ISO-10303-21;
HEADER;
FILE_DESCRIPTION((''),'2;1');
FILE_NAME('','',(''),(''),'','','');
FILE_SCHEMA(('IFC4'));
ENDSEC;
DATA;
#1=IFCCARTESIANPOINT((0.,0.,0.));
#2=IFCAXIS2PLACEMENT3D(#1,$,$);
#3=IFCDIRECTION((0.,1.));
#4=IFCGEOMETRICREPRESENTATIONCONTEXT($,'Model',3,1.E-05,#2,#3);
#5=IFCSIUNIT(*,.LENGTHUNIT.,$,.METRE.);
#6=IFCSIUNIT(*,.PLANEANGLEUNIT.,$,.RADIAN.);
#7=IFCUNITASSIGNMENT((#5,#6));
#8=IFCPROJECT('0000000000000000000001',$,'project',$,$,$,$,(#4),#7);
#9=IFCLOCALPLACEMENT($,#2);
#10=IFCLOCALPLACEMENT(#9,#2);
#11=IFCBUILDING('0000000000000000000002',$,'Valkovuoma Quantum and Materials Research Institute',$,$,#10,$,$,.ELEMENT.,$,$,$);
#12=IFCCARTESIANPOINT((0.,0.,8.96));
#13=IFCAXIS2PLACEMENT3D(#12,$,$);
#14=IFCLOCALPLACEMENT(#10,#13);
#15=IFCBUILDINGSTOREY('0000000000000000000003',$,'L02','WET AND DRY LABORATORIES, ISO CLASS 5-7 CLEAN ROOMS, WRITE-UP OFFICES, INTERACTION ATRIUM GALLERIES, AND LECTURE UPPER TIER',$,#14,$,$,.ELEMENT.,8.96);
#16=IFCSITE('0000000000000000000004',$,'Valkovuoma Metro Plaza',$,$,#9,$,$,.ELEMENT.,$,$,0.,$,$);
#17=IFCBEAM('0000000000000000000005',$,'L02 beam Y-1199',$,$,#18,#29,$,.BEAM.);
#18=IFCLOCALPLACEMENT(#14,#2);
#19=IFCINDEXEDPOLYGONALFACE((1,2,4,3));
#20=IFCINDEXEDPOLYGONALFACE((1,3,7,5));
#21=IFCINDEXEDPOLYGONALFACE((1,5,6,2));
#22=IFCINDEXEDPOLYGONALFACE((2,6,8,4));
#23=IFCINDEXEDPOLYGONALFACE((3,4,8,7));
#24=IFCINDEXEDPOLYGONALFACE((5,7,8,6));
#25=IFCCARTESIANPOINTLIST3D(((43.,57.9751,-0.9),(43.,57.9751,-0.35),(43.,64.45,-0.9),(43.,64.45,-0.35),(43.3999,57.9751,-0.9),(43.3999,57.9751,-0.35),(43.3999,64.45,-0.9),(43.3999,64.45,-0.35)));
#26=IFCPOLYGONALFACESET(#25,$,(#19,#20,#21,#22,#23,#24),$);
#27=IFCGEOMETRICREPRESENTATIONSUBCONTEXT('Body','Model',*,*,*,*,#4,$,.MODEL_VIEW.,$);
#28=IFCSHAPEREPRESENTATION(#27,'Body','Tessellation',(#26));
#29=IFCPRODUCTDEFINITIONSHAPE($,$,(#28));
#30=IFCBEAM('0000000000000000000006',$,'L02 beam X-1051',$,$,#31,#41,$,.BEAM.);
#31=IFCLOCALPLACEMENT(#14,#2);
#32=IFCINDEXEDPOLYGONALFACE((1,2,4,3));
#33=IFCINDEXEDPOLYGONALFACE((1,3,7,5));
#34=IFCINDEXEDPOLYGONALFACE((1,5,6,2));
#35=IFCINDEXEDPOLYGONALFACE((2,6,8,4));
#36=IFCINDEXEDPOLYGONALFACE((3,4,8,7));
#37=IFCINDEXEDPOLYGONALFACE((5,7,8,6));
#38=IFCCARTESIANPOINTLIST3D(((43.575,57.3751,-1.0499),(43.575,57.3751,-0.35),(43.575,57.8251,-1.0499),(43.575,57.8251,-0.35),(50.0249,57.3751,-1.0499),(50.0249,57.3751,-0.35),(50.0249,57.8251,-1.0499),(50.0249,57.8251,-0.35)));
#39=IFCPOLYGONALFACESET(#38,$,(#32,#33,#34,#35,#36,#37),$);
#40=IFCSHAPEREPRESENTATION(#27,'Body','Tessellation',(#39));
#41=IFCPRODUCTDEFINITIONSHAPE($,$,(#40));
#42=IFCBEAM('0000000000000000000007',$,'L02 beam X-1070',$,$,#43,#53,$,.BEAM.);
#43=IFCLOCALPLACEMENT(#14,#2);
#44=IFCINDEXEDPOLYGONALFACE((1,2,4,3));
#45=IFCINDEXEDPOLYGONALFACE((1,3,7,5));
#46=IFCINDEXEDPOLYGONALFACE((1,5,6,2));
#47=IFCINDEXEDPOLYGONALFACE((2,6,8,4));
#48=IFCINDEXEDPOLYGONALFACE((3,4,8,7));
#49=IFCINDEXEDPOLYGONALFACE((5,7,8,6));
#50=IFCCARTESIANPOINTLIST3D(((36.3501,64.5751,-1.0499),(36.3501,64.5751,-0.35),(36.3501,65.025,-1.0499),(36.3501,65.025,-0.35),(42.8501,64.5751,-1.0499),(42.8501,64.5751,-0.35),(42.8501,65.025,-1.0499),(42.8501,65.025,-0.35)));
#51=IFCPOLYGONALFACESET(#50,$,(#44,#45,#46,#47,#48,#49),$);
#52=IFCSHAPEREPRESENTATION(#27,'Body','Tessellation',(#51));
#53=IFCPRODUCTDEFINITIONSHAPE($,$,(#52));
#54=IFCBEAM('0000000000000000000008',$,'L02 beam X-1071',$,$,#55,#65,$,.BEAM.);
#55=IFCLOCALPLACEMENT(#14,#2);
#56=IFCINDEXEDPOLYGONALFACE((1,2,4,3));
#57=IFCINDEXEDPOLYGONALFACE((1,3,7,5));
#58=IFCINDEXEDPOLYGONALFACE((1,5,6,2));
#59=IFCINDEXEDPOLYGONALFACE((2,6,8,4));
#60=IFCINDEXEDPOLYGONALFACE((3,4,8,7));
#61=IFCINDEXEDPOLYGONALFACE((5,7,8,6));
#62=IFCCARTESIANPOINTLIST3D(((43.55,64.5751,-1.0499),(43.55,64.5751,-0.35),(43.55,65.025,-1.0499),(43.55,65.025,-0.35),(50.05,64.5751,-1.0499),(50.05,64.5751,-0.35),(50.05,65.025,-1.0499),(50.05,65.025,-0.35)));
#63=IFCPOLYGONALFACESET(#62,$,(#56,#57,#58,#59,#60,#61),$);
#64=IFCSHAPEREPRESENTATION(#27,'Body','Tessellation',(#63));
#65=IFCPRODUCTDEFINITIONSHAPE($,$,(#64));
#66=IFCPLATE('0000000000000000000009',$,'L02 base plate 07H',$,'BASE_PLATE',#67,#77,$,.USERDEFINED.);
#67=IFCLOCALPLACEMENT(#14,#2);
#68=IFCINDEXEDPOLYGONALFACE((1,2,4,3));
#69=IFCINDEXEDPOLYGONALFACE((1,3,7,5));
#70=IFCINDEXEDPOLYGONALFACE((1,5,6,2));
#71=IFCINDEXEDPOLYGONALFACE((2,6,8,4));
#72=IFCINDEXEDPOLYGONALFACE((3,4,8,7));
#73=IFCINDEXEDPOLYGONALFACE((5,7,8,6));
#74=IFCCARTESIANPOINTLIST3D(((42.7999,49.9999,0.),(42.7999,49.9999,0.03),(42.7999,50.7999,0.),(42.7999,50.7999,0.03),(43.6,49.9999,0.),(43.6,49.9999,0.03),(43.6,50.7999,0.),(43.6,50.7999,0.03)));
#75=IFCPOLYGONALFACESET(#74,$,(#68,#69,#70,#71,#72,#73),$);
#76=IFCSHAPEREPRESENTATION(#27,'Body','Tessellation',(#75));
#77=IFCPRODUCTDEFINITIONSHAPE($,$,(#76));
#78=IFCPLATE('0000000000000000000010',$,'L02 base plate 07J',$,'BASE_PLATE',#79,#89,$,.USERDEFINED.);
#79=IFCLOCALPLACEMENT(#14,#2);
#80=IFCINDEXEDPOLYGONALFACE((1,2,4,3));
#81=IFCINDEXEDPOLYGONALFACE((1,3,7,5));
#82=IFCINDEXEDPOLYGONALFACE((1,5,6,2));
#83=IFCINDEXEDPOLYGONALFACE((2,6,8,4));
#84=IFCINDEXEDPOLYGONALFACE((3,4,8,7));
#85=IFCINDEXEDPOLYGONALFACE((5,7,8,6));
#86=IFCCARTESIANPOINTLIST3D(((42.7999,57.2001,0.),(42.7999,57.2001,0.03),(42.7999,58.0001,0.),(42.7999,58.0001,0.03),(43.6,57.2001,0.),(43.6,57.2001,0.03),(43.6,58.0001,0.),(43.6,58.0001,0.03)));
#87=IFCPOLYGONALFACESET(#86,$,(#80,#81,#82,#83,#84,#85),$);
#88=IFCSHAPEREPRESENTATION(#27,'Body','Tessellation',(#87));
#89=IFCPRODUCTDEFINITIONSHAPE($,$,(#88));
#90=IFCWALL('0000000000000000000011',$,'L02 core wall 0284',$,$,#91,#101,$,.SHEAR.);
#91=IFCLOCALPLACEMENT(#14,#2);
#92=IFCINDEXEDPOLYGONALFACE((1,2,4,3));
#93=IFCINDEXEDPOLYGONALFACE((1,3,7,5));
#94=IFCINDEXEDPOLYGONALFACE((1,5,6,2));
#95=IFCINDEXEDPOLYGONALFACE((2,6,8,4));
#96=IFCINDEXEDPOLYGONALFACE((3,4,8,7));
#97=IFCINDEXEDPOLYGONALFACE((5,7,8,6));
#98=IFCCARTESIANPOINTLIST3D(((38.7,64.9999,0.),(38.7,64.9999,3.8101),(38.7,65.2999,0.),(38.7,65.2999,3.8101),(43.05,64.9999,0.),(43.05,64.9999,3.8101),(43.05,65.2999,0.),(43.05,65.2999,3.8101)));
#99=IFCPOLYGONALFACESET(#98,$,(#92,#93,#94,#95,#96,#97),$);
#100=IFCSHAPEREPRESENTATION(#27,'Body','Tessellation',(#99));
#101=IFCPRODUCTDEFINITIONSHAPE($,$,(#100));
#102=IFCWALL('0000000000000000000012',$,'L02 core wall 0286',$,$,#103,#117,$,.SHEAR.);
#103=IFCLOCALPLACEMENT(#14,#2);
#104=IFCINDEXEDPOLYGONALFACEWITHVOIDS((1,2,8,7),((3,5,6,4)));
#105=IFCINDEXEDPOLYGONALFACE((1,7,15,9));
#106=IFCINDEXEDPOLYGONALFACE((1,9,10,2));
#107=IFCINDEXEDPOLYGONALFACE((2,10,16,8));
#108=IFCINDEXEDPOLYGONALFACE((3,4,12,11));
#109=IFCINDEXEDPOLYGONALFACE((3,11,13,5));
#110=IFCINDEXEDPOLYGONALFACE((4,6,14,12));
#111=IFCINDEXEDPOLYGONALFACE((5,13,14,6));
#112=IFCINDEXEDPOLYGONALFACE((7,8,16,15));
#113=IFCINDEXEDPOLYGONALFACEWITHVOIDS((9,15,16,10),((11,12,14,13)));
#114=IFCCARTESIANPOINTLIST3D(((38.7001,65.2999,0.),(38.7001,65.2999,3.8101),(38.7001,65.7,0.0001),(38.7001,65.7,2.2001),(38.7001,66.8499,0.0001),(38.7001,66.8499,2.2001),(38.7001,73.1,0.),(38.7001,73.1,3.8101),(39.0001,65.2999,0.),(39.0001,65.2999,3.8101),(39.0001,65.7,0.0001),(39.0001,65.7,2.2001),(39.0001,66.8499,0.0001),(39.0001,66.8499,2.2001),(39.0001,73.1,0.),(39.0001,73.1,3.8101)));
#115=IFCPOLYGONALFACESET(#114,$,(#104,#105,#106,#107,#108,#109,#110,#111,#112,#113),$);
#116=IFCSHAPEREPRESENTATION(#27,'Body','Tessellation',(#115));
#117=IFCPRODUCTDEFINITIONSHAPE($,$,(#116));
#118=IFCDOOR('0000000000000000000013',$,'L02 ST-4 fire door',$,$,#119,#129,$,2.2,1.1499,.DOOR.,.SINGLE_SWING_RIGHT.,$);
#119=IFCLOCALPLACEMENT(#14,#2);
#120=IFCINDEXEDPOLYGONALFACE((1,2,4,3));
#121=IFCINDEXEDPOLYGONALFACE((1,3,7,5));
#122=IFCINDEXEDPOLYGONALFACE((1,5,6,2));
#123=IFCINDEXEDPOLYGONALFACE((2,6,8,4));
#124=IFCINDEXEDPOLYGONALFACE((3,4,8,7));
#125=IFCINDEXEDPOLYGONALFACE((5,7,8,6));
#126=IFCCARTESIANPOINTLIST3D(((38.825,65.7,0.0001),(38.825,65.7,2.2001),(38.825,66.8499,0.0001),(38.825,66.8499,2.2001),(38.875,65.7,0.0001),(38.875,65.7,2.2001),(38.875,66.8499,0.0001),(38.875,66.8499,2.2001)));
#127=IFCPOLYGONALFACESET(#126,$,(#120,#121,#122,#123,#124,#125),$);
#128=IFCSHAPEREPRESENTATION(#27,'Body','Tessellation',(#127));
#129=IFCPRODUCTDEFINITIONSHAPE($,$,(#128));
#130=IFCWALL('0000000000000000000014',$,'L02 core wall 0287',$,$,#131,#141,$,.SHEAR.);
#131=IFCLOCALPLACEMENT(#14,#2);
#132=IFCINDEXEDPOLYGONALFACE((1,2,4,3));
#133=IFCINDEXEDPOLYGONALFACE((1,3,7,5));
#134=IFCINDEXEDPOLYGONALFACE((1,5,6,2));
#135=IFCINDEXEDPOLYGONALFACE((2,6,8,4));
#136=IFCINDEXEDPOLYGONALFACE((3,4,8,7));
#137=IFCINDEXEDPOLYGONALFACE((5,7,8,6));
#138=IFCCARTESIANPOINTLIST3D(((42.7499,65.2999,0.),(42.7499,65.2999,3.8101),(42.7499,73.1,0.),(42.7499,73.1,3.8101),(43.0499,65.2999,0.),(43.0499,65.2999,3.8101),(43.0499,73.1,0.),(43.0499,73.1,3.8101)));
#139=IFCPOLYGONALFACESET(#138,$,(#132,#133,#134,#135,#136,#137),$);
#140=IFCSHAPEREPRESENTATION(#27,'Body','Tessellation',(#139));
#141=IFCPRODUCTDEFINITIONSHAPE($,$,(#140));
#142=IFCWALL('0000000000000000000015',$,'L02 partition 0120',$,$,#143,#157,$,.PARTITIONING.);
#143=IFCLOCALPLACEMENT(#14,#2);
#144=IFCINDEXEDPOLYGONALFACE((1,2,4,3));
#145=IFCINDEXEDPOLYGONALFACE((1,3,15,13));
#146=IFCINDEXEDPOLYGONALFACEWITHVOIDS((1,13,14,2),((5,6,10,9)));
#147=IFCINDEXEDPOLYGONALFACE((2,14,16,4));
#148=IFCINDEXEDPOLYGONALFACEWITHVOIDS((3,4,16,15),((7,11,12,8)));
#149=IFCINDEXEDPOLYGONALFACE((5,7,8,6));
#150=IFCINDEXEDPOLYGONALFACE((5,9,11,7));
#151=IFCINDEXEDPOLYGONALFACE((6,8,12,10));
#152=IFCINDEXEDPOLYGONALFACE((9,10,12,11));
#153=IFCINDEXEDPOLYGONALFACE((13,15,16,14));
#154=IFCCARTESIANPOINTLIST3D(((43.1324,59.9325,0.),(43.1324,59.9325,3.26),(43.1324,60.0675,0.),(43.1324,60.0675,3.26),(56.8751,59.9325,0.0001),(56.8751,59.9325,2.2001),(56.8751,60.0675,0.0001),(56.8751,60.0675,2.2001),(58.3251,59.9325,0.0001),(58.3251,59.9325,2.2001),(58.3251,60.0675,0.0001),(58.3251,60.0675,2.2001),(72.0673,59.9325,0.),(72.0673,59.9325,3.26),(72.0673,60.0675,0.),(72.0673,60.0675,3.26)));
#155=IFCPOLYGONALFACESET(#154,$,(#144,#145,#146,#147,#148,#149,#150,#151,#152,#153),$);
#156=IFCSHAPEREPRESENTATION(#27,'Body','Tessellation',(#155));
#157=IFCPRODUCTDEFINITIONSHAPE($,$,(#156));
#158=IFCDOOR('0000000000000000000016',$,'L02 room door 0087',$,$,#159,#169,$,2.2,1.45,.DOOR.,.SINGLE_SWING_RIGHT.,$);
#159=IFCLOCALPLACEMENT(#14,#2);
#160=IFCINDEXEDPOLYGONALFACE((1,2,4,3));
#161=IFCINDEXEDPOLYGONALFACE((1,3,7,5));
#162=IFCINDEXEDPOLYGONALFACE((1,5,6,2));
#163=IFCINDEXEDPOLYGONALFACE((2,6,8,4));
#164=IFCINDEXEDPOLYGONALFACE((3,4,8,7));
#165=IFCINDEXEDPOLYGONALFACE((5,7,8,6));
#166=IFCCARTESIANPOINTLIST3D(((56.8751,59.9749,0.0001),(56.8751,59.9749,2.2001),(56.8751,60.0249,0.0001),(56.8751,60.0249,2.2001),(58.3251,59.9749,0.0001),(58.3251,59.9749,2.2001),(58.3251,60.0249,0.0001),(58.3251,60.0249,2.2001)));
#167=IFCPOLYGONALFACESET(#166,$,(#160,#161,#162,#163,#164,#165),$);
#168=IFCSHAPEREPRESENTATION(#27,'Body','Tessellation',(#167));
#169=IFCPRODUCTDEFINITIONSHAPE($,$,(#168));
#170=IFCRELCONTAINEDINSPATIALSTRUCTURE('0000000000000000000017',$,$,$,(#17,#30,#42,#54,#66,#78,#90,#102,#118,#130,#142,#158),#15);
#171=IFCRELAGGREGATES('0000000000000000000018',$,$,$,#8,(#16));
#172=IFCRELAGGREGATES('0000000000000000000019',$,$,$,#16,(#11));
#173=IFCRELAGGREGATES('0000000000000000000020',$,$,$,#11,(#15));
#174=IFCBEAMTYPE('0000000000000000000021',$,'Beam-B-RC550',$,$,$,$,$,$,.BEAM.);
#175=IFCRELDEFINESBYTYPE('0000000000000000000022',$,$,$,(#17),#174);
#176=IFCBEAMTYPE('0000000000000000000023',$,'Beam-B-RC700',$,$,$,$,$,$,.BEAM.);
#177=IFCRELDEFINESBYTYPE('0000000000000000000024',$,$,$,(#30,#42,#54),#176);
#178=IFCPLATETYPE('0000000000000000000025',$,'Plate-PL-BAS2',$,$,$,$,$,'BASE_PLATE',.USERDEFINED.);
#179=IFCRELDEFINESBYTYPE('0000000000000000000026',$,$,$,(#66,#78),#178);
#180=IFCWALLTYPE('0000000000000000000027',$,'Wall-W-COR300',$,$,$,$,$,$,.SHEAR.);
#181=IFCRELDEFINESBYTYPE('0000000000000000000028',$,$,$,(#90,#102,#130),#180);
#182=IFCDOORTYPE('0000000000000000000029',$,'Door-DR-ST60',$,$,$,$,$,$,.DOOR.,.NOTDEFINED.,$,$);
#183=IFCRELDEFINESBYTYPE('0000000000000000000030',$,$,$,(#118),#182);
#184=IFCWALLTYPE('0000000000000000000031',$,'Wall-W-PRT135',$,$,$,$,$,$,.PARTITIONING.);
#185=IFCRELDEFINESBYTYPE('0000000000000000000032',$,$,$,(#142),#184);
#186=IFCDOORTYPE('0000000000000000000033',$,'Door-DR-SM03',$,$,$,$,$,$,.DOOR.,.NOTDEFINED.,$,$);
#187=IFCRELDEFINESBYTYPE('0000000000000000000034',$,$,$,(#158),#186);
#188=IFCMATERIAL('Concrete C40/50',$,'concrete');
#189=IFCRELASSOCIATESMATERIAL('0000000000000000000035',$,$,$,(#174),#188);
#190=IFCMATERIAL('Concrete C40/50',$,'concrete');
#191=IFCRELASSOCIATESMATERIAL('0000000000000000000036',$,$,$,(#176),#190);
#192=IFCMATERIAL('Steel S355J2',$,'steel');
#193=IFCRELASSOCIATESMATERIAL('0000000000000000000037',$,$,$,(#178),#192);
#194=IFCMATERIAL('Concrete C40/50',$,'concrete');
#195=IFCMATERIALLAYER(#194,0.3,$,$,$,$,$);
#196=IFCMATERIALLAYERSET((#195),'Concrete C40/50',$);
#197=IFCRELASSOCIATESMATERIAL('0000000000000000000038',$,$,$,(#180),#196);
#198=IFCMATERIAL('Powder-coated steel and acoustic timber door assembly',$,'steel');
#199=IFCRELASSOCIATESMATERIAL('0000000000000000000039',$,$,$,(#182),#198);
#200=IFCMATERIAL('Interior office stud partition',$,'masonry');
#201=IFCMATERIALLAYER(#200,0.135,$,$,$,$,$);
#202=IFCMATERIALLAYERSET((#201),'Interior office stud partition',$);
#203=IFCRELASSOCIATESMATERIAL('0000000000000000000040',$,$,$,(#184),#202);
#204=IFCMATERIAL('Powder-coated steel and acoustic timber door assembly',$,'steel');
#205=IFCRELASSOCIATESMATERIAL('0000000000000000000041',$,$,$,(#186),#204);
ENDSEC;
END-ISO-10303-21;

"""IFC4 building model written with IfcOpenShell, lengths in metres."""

from ifc_helpers import new_model, si_unit, direction, frame, frame_2d, origin, origin_2d, place, context, subcontext, project, spatial, rectangle, extrude, material, layer, layer_set, material_profile, profile_set, type_object, element, fill, save


model = new_model("IFC4")

# Units and contexts
model_context = context("Model", 3, precision=1e-05, world=origin(), true_north=direction((0.0, 1.0)))
body_context = subcontext(model_context, "Body", "Model", "MODEL_VIEW")
ifc_project = project(units=[si_unit("LENGTHUNIT", "METRE"), si_unit("PLANEANGLEUNIT", "RADIAN")], contexts=[model_context])

# Site, building, storey
site_placement = place(None, origin())
site = spatial("IfcSite", under=ifc_project, at=site_placement, Name="Valkovuoma Metro Plaza", CompositionType="ELEMENT", RefElevation=0.0)
building_placement = place(site_placement, origin())
building = spatial("IfcBuilding", under=site, at=building_placement, Name="Valkovuoma Quantum and Materials Research Institute", CompositionType="ELEMENT")
storey_placement = place(building_placement, frame((0.0, 0.0, 8.96)))
storey = spatial("IfcBuildingStorey", under=building, at=storey_placement, Name="L02", Description="WET AND DRY LABORATORIES, ISO CLASS 5-7 CLEAN ROOMS, WRITE-UP OFFICES, INTERACTION ATRIUM GALLERIES, AND LECTURE UPPER TIER", CompositionType="ELEMENT", Elevation=8.96)

# Beams
ifc_material_1 = material(Name="Concrete C40/50", Category="concrete")
ifc_material_profile_1 = material_profile(ifc_material_1, rectangle(XDim=0.3999, YDim=0.55, at=origin_2d()), Name="Concrete C40/50")
ifc_profile_set_1 = profile_set([ifc_material_profile_1], Name="Concrete C40/50")
beam_type_1 = type_object("IfcBeamType", Name="Beam-B-RC550", PredefinedType="BEAM", material=ifc_profile_set_1)
beam_1_placement = place(storey_placement, frame((43.2, 57.9751, -0.625), z_axis=(0.0, 1.0, 0.0), x_axis=(-1.0, 0.0, 0.0)))
element("IfcBeam", 1, at=beam_1_placement, inside=storey, type_object=beam_type_1, Name="L02 beam Y-1199", PredefinedType="BEAM", context=body_context, shape_type="SweptSolid", body=[
    extrude(rectangle(XDim=0.3999, YDim=0.55, at=origin_2d()), origin(), (0.0, 0.0, 1.0), 6.4749),
])
ifc_material_2 = material(Name="Concrete C40/50", Category="concrete")
ifc_material_profile_2 = material_profile(ifc_material_2, rectangle(XDim=0.45, YDim=0.7, at=origin_2d()), Name="Concrete C40/50")
ifc_profile_set_2 = profile_set([ifc_material_profile_2], Name="Concrete C40/50")
beam_type_2 = type_object("IfcBeamType", Name="Beam-B-RC700", PredefinedType="BEAM", material=ifc_profile_set_2)
beam_2_placement = place(storey_placement, frame((43.575, 57.6001, -0.7), z_axis=(1.0, 0.0, 0.0), x_axis=(0.0, 1.0, 0.0)))
element("IfcBeam", 2, at=beam_2_placement, inside=storey, type_object=beam_type_2, Name="L02 beam X-1051", PredefinedType="BEAM", context=body_context, shape_type="SweptSolid", body=[
    extrude(rectangle(XDim=0.45, YDim=0.7, at=origin_2d()), origin(), (0.0, 0.0, 1.0), 6.45),
])
for number, where, z_axis, x_axis, name in (
    (3, (36.3501, 64.8, -0.7), (1.0, 0.0, 0.0), (0.0, 1.0, 0.0), "L02 beam X-1070"),
    (4, (43.55, 64.8, -0.7), (1.0, 0.0, 0.0), (0.0, 1.0, 0.0), "L02 beam X-1071"),
):
    element("IfcBeam", number, at=place(storey_placement, frame(where, z_axis=z_axis, x_axis=x_axis)), inside=storey, type_object=beam_type_2, Name=name, PredefinedType="BEAM", context=body_context, shape_type="SweptSolid", body=[
        extrude(rectangle(XDim=0.45, YDim=0.7, at=origin_2d()), origin(), (0.0, 0.0, 1.0), 6.5),
    ])

# Plates
ifc_material_3 = material(Name="Steel S355J2", Category="steel")
plate_type = type_object("IfcPlateType", Name="Plate-PL-BAS2", ElementType="BASE_PLATE", PredefinedType="USERDEFINED", material=ifc_material_3)
for number, where, z_axis, x_axis, name in (
    (5, (43.2, 50.3999, 0.0), (0.0, 0.0, 1.0), (1.0, 0.0, 0.0), "L02 base plate 07H"),
    (6, (43.2, 57.6001, 0.0), (0.0, 0.0, 1.0), (1.0, 0.0, 0.0), "L02 base plate 07J"),
):
    element("IfcPlate", number, at=place(storey_placement, frame(where, z_axis=z_axis, x_axis=x_axis)), inside=storey, type_object=plate_type, Name=name, ObjectType="BASE_PLATE", PredefinedType="USERDEFINED", context=body_context, shape_type="SweptSolid", body=[
        extrude(rectangle(XDim=0.8, YDim=0.8, at=origin_2d()), origin(), (0.0, 0.0, 1.0), 0.03),
    ])

# Wall
ifc_material_4 = material(Name="Concrete C40/50", Category="concrete")
ifc_layer_1 = layer(ifc_material_4, 0.3)
ifc_layer_set_1 = layer_set([ifc_layer_1], Name="Concrete C40/50")
wall_type_1 = type_object("IfcWallType", Name="Wall-W-COR300", PredefinedType="SHEAR", material=ifc_layer_set_1)
wall_1_placement = place(storey_placement, frame((38.7, 65.1499, 0.0), z_axis=(0.0, 0.0, 1.0), x_axis=(1.0, 0.0, 0.0)))
element("IfcWall", 7, at=wall_1_placement, inside=storey, type_object=wall_type_1, Name="L02 core wall 0284", PredefinedType="SHEAR", context=body_context, shape_type="SweptSolid", body=[
    extrude(rectangle(XDim=4.3501, YDim=0.3, at=frame_2d((2.175, 0.0))), origin(), (0.0, 0.0, 1.0), 3.8101),
])

# Wall, opening, door
wall_2_placement = place(storey_placement, frame((38.8501, 65.3, 0.0), z_axis=(0.0, 0.0, 1.0), x_axis=(0.0, 1.0, 0.0)))
wall_2 = element("IfcWall", 8, at=wall_2_placement, inside=storey, type_object=wall_type_1, Name="L02 core wall 0286", PredefinedType="SHEAR", context=body_context, shape_type="SweptSolid", body=[
    extrude(rectangle(XDim=7.8, YDim=0.3, at=frame_2d((3.8999, 0.0))), origin(), (0.0, 0.0, 1.0), 3.8101),
])
opening_1_placement = place(wall_2_placement, frame((0.3999, 0.0, 0.0)))
opening_1 = element("IfcOpeningElement", 9, at=opening_1_placement, cuts=wall_2, PredefinedType="OPENING", context=body_context, shape_type="SweptSolid", body=[
    extrude(rectangle(XDim=1.1499, YDim=2.2, at=frame_2d((0.575, 1.1001))), frame((0.0, 0.1602, 0.0), z_axis=(0.0, -1.0, 0.0), x_axis=(1.0, 0.0, 0.0)), (0.0, 0.0, 1.0), 0.3201),
])
ifc_material_5 = material(Name="Powder-coated steel and acoustic timber door assembly", Category="steel")
door_type_1 = type_object("IfcDoorType", Name="Door-DR-ST60", OperationType="NOTDEFINED", PredefinedType="DOOR", material=ifc_material_5)
door_1_placement = place(opening_1_placement, frame((1.1499, 0.0, 0.0), z_axis=(0.0, 0.0, 1.0), x_axis=(-1.0, 0.0, 0.0)))
door_1 = element("IfcDoor", 10, at=door_1_placement, inside=storey, type_object=door_type_1, Name="L02 ST-4 fire door", OperationType="SINGLE_SWING_RIGHT", OverallHeight=2.2, OverallWidth=1.1499, PredefinedType="DOOR", context=body_context, shape_type="SweptSolid", body=[
    extrude(rectangle(XDim=1.1499, YDim=2.2, at=frame_2d((0.575, 1.1001))), frame((0.0, 0.0249, 0.0), z_axis=(0.0, -1.0, 0.0), x_axis=(1.0, 0.0, 0.0)), (0.0, 0.0, 1.0), 0.05),
])
fill(opening_1, door_1)

# Wall
wall_3_placement = place(storey_placement, frame((42.8999, 65.3, 0.0), z_axis=(0.0, 0.0, 1.0), x_axis=(0.0, 1.0, 0.0)))
element("IfcWall", 11, at=wall_3_placement, inside=storey, type_object=wall_type_1, Name="L02 core wall 0287", PredefinedType="SHEAR", context=body_context, shape_type="SweptSolid", body=[
    extrude(rectangle(XDim=7.8, YDim=0.3, at=frame_2d((3.8999, 0.0))), origin(), (0.0, 0.0, 1.0), 3.8101),
])

# Wall, opening, door
ifc_material_6 = material(Name="Interior office stud partition", Category="masonry")
ifc_layer_2 = layer(ifc_material_6, 0.135)
ifc_layer_set_2 = layer_set([ifc_layer_2], Name="Interior office stud partition")
wall_type_2 = type_object("IfcWallType", Name="Wall-W-PRT135", PredefinedType="PARTITIONING", material=ifc_layer_set_2)
wall_4_placement = place(storey_placement, frame((43.1326, 60.0, 0.0), z_axis=(0.0, 0.0, 1.0), x_axis=(1.0, 0.0, 0.0)))
wall_4 = element("IfcWall", 12, at=wall_4_placement, inside=storey, type_object=wall_type_2, Name="L02 partition 0120", PredefinedType="PARTITIONING", context=body_context, shape_type="SweptSolid", body=[
    extrude(rectangle(XDim=28.9348, YDim=0.135, at=frame_2d((14.4673, 0.0))), origin(), (0.0, 0.0, 1.0), 3.26),
])
opening_2_placement = place(wall_4_placement, frame((13.7424, 0.0, 0.0)))
opening_2 = element("IfcOpeningElement", 13, at=opening_2_placement, cuts=wall_4, PredefinedType="OPENING", context=body_context, shape_type="SweptSolid", body=[
    extrude(rectangle(XDim=1.45, YDim=2.2, at=frame_2d((0.7251, 1.1001))), frame((0.0, 0.0776, 0.0), z_axis=(0.0, -1.0, 0.0), x_axis=(1.0, 0.0, 0.0)), (0.0, 0.0, 1.0), 0.155),
])
ifc_material_7 = material(Name="Powder-coated steel and acoustic timber door assembly", Category="steel")
door_type_2 = type_object("IfcDoorType", Name="Door-DR-SM03", OperationType="NOTDEFINED", PredefinedType="DOOR", material=ifc_material_7)
door_2_placement = place(opening_2_placement, origin())
door_2 = element("IfcDoor", 14, at=door_2_placement, inside=storey, type_object=door_type_2, Name="L02 room door 0087", OperationType="SINGLE_SWING_RIGHT", OverallHeight=2.2, OverallWidth=1.45, PredefinedType="DOOR", context=body_context, shape_type="SweptSolid", body=[
    extrude(rectangle(XDim=1.45, YDim=2.2, at=frame_2d((0.7251, 1.1001))), frame((0.0, 0.0249, 0.0), z_axis=(0.0, -1.0, 0.0), x_axis=(1.0, 0.0, 0.0)), (0.0, 0.0, 1.0), 0.05),
])
fill(opening_2, door_2)

save(model, "model.ifc")
